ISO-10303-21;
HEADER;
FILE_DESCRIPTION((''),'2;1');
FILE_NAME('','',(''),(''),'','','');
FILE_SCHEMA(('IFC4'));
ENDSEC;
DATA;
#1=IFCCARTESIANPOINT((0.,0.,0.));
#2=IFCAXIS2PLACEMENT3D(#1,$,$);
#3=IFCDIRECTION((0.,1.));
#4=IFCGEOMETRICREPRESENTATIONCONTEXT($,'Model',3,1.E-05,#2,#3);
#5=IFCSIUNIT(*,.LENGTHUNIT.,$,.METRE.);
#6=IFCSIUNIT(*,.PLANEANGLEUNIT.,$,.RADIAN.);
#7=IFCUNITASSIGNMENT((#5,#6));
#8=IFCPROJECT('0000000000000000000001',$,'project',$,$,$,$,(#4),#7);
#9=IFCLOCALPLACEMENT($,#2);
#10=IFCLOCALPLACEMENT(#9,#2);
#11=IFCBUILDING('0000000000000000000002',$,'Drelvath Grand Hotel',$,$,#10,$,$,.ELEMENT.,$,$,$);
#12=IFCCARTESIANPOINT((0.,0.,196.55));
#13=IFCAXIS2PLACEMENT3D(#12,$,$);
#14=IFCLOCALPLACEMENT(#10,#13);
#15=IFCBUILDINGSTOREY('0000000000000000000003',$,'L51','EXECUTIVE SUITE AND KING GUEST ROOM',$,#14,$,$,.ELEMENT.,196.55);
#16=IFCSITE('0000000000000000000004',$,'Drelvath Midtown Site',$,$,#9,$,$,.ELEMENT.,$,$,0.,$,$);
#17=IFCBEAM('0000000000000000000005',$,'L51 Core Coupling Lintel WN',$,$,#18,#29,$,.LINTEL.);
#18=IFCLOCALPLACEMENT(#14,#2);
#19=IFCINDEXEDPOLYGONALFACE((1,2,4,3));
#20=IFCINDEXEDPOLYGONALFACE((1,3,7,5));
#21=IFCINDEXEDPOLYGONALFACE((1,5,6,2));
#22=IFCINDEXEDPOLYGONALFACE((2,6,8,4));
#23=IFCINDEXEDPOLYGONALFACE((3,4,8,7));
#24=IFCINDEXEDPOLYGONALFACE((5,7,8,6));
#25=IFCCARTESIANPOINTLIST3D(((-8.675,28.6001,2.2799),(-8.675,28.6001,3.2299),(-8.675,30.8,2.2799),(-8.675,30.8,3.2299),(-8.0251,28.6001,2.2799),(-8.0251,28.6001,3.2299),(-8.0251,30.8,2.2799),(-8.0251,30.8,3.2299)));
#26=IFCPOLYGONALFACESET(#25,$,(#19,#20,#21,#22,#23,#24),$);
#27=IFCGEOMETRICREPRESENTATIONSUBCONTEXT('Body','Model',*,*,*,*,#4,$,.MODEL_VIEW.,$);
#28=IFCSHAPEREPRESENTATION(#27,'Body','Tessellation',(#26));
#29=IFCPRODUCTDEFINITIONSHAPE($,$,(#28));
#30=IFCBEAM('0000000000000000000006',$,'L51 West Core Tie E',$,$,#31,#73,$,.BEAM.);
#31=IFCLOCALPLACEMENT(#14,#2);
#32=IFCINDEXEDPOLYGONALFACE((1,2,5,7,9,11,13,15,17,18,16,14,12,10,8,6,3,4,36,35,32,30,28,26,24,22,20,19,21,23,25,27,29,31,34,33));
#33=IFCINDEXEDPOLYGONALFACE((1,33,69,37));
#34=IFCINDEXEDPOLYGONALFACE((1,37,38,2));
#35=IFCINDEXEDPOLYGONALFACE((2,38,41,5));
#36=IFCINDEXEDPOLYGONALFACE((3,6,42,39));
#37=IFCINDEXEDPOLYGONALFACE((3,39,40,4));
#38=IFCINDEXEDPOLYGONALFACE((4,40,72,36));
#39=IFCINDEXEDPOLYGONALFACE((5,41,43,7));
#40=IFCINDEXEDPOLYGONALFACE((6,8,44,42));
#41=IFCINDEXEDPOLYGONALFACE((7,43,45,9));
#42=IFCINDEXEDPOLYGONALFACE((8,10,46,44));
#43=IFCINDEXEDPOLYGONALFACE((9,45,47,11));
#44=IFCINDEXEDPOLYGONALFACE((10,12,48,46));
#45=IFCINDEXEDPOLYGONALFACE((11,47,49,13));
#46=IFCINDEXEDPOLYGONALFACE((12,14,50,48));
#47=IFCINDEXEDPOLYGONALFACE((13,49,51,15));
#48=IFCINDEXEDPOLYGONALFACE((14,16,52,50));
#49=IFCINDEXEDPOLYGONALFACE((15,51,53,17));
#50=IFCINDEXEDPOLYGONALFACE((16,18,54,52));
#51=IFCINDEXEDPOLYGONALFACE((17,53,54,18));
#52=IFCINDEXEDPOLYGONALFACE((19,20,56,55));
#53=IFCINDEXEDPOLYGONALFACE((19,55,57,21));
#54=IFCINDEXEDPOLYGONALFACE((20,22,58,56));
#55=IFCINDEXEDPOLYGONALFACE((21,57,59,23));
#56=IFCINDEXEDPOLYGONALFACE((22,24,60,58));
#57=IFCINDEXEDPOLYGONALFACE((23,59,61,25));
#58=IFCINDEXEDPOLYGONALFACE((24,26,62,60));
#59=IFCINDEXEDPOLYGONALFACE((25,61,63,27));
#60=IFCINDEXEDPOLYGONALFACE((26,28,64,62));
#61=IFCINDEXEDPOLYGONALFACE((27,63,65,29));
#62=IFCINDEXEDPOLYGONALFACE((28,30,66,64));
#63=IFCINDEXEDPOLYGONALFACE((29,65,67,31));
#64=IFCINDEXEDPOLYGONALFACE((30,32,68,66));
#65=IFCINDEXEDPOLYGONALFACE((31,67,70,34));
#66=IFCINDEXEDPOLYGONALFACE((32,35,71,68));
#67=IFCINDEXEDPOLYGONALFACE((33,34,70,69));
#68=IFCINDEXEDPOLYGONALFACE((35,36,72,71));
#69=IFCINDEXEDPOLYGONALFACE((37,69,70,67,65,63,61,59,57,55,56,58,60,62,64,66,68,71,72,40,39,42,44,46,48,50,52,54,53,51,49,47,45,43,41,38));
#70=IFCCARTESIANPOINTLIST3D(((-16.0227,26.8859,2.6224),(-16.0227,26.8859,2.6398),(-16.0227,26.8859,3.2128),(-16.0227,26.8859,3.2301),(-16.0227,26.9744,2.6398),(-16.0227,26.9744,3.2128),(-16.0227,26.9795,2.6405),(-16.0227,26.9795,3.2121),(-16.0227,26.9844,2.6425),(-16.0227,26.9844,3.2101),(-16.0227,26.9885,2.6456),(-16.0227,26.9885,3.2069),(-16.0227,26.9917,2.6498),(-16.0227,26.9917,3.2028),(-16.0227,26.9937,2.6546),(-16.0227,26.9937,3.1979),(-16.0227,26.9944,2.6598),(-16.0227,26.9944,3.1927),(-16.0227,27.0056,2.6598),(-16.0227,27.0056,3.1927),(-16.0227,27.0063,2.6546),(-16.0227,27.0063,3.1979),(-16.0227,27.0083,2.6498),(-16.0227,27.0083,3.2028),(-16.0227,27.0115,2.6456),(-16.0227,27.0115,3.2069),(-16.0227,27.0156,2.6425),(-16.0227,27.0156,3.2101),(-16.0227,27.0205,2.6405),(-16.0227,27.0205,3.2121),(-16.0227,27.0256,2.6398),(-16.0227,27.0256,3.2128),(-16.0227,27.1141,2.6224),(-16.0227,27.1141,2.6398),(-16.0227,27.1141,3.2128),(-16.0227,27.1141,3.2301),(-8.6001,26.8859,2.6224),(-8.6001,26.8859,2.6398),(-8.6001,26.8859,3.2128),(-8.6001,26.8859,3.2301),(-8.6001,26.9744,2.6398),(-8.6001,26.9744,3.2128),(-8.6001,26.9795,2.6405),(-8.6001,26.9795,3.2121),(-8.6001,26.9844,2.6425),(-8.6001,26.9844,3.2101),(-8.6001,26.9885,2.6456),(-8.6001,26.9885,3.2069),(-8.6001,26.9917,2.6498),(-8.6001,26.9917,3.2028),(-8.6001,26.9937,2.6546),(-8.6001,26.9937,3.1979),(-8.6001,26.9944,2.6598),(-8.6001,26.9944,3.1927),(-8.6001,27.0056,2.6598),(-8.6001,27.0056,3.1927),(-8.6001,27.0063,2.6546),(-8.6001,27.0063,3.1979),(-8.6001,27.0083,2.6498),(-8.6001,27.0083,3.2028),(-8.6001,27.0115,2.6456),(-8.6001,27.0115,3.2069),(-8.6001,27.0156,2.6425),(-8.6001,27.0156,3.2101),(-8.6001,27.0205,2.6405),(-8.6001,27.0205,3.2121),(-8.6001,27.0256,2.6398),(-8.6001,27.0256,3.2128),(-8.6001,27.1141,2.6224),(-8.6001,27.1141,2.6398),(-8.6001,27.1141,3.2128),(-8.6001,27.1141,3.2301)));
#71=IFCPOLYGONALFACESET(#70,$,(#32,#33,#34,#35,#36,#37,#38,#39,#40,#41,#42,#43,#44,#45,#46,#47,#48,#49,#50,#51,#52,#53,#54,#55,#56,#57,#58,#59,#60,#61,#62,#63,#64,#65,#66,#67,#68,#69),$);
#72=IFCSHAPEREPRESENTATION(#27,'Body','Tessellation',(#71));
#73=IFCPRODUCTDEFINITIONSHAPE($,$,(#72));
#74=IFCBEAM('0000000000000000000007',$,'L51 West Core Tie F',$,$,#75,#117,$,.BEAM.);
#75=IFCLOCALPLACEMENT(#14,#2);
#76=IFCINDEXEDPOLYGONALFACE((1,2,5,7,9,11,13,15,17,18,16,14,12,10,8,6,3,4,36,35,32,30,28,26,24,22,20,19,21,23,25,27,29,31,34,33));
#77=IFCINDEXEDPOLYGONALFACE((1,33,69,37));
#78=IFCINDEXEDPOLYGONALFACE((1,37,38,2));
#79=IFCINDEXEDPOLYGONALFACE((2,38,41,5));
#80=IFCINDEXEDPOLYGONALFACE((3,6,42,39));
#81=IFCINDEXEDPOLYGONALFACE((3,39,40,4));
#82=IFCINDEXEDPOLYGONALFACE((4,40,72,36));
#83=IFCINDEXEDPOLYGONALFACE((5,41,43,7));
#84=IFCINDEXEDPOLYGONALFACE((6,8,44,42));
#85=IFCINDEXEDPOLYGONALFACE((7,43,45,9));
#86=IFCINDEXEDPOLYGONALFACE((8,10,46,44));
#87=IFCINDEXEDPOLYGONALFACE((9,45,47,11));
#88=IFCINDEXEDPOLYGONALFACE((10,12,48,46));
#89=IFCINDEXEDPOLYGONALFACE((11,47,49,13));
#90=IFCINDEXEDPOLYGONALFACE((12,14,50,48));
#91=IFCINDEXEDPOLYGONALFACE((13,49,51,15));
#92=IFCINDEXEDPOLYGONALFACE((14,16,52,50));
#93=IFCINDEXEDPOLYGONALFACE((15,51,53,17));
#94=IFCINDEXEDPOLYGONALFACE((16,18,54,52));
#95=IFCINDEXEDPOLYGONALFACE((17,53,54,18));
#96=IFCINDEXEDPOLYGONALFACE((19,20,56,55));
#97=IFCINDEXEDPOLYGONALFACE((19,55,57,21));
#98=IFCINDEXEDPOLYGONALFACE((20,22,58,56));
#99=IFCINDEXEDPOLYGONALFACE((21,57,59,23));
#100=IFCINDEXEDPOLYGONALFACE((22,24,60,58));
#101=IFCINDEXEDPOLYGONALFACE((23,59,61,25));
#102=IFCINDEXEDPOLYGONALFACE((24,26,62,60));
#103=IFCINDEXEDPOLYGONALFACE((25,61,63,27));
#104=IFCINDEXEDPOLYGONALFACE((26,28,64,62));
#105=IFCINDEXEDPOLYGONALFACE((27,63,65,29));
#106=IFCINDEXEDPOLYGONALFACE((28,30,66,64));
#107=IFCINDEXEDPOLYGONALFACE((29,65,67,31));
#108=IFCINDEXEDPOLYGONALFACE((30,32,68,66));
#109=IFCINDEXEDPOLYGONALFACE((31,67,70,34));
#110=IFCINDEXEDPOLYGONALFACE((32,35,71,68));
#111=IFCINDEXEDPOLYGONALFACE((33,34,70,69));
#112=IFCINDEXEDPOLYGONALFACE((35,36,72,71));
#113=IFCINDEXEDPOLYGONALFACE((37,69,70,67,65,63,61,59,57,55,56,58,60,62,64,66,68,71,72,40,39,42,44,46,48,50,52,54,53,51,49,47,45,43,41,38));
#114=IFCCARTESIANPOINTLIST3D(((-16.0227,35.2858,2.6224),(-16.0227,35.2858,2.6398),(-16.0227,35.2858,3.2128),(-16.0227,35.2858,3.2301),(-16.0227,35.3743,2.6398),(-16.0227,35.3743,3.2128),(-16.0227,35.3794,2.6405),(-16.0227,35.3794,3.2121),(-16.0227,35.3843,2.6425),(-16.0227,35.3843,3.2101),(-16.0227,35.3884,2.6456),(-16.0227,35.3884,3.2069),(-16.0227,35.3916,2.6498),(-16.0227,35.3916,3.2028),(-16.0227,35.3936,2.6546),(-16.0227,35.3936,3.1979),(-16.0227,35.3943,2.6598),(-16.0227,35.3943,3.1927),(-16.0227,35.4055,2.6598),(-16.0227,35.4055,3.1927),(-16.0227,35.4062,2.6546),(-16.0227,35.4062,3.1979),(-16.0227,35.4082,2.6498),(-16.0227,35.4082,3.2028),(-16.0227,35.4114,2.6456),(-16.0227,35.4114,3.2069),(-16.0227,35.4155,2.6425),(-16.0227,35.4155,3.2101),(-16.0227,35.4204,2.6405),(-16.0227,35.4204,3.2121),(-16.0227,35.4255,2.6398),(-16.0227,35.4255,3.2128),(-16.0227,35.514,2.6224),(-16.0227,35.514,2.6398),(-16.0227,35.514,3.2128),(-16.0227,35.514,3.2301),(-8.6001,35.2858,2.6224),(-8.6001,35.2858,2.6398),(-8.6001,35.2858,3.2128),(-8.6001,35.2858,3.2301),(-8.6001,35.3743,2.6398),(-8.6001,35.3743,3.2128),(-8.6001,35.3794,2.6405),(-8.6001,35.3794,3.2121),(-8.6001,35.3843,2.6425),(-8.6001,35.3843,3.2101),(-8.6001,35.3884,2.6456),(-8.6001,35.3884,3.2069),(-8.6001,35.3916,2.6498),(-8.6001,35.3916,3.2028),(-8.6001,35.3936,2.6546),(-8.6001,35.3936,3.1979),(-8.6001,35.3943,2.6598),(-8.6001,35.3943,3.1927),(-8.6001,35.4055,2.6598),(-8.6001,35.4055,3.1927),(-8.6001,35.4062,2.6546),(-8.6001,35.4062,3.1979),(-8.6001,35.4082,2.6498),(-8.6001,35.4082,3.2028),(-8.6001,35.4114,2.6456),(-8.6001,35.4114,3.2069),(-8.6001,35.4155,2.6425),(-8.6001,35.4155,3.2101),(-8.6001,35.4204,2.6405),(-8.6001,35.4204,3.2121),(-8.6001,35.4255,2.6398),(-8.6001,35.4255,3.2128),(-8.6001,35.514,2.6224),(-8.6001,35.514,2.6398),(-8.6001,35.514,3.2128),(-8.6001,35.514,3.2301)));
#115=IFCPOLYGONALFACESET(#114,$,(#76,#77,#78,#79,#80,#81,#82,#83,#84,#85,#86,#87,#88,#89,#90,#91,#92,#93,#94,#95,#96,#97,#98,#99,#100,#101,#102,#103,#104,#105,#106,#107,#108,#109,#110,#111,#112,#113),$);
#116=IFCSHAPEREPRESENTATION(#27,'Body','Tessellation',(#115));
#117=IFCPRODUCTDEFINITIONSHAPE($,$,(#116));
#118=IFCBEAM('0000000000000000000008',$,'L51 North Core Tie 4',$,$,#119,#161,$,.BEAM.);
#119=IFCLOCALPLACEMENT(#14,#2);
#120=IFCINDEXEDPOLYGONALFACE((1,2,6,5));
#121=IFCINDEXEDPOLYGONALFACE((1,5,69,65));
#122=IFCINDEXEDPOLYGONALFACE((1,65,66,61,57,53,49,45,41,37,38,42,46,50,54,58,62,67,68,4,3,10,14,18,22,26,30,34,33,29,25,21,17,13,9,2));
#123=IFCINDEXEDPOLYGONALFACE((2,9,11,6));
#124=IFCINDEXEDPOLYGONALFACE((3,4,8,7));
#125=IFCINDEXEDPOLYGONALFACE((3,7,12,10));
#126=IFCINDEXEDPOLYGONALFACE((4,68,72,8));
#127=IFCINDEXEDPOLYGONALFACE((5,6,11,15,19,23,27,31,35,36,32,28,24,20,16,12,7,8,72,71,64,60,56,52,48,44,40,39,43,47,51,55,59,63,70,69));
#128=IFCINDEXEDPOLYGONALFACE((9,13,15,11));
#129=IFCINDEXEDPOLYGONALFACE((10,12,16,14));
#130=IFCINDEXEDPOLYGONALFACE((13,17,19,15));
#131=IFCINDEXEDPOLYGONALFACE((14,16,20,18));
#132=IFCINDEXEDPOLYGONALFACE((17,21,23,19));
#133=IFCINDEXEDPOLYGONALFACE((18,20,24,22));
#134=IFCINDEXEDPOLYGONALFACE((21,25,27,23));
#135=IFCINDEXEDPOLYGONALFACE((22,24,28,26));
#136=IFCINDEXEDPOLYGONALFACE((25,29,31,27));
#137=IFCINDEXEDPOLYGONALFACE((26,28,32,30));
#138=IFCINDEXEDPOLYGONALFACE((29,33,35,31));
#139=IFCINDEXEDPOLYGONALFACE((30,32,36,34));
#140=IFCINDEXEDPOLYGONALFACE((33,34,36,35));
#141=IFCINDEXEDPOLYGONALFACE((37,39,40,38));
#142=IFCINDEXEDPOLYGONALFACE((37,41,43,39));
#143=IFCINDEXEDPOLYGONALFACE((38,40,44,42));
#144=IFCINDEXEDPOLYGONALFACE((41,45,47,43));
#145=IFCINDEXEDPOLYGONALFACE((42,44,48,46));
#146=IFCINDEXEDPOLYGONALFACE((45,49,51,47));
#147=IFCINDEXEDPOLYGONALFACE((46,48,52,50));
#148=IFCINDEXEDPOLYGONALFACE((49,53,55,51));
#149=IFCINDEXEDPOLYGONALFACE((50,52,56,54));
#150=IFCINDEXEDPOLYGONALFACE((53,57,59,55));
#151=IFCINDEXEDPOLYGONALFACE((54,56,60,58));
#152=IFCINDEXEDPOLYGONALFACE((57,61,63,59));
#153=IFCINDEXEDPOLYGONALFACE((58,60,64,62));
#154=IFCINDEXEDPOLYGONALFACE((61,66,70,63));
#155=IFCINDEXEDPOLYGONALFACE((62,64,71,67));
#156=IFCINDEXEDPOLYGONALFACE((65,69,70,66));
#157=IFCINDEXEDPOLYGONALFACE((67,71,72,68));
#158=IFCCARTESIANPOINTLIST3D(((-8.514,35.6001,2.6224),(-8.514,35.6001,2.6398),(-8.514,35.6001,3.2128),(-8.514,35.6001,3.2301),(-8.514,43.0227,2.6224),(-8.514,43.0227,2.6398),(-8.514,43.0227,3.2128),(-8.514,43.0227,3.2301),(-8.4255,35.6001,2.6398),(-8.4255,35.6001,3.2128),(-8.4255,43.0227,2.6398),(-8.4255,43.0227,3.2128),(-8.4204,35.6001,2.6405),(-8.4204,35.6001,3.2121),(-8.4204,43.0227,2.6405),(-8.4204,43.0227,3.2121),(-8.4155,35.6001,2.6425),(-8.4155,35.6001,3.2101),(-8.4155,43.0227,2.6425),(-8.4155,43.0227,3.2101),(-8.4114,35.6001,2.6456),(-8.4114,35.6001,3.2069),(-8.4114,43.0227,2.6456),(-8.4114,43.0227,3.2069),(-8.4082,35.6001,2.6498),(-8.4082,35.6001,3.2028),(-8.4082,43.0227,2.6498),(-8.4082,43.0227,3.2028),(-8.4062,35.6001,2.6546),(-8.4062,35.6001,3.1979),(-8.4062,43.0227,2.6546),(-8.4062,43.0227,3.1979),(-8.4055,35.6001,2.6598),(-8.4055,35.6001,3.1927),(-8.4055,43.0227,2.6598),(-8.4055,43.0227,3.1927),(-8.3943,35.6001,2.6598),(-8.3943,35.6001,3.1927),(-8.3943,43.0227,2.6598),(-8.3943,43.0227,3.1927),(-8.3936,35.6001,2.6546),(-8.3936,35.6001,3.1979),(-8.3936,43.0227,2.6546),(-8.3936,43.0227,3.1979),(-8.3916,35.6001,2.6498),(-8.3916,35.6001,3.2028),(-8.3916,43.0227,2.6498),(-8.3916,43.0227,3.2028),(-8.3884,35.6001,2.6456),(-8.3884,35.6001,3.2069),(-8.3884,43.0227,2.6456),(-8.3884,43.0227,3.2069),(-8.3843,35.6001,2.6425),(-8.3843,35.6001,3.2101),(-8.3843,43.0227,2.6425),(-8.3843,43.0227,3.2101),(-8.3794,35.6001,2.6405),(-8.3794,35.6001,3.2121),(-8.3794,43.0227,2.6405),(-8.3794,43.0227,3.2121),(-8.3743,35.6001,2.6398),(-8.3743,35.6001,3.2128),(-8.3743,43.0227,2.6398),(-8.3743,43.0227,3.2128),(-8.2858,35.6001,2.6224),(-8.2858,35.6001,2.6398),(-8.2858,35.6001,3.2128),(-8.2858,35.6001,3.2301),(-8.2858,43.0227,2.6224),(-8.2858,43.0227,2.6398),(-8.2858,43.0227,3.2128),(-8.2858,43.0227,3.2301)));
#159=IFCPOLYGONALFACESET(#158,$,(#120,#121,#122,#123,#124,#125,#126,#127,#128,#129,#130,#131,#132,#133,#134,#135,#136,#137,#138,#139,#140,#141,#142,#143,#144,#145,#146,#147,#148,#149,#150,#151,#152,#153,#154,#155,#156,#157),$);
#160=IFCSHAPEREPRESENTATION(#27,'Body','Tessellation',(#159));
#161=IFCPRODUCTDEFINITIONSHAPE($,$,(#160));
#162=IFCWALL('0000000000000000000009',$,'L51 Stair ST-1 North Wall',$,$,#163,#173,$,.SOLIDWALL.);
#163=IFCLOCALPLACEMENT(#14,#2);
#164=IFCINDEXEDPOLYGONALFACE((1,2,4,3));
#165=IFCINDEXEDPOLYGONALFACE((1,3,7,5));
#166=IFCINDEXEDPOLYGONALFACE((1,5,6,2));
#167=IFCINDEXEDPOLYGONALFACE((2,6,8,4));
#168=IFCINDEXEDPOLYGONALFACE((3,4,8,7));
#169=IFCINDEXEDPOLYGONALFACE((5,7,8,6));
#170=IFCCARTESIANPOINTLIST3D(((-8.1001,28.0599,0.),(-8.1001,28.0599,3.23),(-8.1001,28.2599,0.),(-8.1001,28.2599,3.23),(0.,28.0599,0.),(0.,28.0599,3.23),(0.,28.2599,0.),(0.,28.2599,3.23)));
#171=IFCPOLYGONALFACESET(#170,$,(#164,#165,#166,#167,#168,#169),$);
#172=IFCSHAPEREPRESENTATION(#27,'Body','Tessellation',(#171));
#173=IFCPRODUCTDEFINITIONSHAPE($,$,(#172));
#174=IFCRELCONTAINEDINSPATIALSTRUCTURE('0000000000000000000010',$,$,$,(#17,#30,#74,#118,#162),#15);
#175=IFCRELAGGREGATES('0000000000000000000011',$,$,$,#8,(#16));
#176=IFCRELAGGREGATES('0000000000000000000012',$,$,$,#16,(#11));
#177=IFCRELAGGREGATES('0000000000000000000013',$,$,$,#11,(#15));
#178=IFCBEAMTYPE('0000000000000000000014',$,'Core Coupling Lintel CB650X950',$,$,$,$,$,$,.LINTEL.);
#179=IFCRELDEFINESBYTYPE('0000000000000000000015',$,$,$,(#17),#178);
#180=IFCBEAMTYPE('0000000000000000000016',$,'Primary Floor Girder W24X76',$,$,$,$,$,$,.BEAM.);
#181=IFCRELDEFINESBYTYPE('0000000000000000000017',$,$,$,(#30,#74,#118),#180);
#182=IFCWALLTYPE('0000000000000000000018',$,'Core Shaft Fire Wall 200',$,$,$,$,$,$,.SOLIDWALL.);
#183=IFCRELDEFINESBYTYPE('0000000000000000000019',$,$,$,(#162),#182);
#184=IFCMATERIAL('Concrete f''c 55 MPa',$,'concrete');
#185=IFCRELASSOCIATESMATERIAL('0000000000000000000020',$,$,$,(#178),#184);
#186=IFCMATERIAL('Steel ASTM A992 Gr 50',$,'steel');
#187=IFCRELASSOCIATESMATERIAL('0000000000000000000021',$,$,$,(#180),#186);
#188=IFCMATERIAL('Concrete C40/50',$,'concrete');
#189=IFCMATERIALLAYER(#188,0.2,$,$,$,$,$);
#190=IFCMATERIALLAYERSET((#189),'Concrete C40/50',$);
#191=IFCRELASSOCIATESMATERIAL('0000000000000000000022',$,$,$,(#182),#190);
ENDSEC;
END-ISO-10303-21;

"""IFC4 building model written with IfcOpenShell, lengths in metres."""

from ifc_helpers import new_model, si_unit, direction, frame, frame_2d, origin, origin_2d, place, context, subcontext, project, spatial, rectangle, i_section, extrude, material, layer, layer_set, material_profile, profile_set, type_object, element, save


model = new_model("IFC4")

# Units and contexts
model_context = context("Model", 3, precision=1e-05, world=origin(), true_north=direction((0.0, 1.0)))
body_context = subcontext(model_context, "Body", "Model", "MODEL_VIEW")
ifc_project = project(units=[si_unit("LENGTHUNIT", "METRE"), si_unit("PLANEANGLEUNIT", "RADIAN")], contexts=[model_context])

# Site, building, storey
site_placement = place(None, origin())
site = spatial("IfcSite", under=ifc_project, at=site_placement, Name="Drelvath Midtown Site", CompositionType="ELEMENT", RefElevation=0.0)
building_placement = place(site_placement, origin())
building = spatial("IfcBuilding", under=site, at=building_placement, Name="Drelvath Grand Hotel", CompositionType="ELEMENT")
storey_placement = place(building_placement, frame((0.0, 0.0, 196.55)))
storey = spatial("IfcBuildingStorey", under=building, at=storey_placement, Name="L51", Description="EXECUTIVE SUITE AND KING GUEST ROOM", CompositionType="ELEMENT", Elevation=196.55)

# Beams
ifc_material_1 = material(Name="Concrete f'c 55 MPa", Category="concrete")
ifc_material_profile_1 = material_profile(ifc_material_1, rectangle(XDim=0.6499, YDim=0.95, at=origin_2d()), Name="CB650X950")
ifc_profile_set_1 = profile_set([ifc_material_profile_1], Name="Concrete f'c 55 MPa")
beam_type_1 = type_object("IfcBeamType", Name="Core Coupling Lintel CB650X950", PredefinedType="LINTEL", material=ifc_profile_set_1)
beam_placement = place(storey_placement, frame((-8.3501, 28.6001, 2.7549), z_axis=(0.0, 1.0, 0.0), x_axis=(-1.0, 0.0, 0.0)))
element("IfcBeam", 1, at=beam_placement, inside=storey, type_object=beam_type_1, Name="L51 Core Coupling Lintel WN", PredefinedType="LINTEL", context=body_context, shape_type="SweptSolid", body=[
    extrude(rectangle(XDim=0.6499, YDim=0.95, at=origin_2d()), origin(), (0.0, 0.0, 1.0), 2.2),
])
ifc_material_2 = material(Name="Steel ASTM A992 Gr 50", Category="steel")
ifc_material_profile_2 = material_profile(ifc_material_2, i_section(OverallWidth=0.2283, OverallDepth=0.6077, WebThickness=0.0112, FlangeThickness=0.0173, FilletRadius=0.02, at=origin_2d()), Name="W24X76")
ifc_profile_set_2 = profile_set([ifc_material_profile_2], Name="Steel ASTM A992 Gr 50")
beam_type_2 = type_object("IfcBeamType", Name="Primary Floor Girder W24X76", PredefinedType="BEAM", material=ifc_profile_set_2)
for number, where, z_axis, x_axis, name in (
    (2, (-16.0227, 27.0, 2.9263), (1.0, 0.0, 0.0), (0.0, 1.0, 0.0), "L51 West Core Tie E"),
    (3, (-16.0227, 35.3999, 2.9263), (1.0, 0.0, 0.0), (0.0, 1.0, 0.0), "L51 West Core Tie F"),
    (4, (-8.3999, 35.6001, 2.9263), (0.0, 1.0, 0.0), (-1.0, 0.0, 0.0), "L51 North Core Tie 4"),
):
    element("IfcBeam", number, at=place(storey_placement, frame(where, z_axis=z_axis, x_axis=x_axis)), inside=storey, type_object=beam_type_2, Name=name, PredefinedType="BEAM", context=body_context, shape_type="SweptSolid", body=[
        extrude(i_section(OverallWidth=0.2283, OverallDepth=0.6077, WebThickness=0.0112, FlangeThickness=0.0173, FilletRadius=0.02, at=origin_2d()), origin(), (0.0, 0.0, 1.0), 7.4226),
    ])

# Wall
ifc_material_3 = material(Name="Concrete C40/50", Category="concrete")
ifc_layer_1 = layer(ifc_material_3, 0.2)
ifc_layer_set_1 = layer_set([ifc_layer_1], Name="Concrete C40/50")
wall_type_1 = type_object("IfcWallType", Name="Core Shaft Fire Wall 200", PredefinedType="SOLIDWALL", material=ifc_layer_set_1)
wall_1_placement = place(storey_placement, frame((-8.1001, 28.1599, 0.0), z_axis=(0.0, 0.0, 1.0), x_axis=(1.0, 0.0, 0.0)))
element("IfcWall", 5, at=wall_1_placement, inside=storey, type_object=wall_type_1, Name="L51 Stair ST-1 North Wall", PredefinedType="SOLIDWALL", context=body_context, shape_type="SweptSolid", body=[
    extrude(rectangle(XDim=8.1001, YDim=0.2, at=frame_2d((4.05, 0.0))), origin(), (0.0, 0.0, 1.0), 3.23),
])

save(model, "model.ifc")
